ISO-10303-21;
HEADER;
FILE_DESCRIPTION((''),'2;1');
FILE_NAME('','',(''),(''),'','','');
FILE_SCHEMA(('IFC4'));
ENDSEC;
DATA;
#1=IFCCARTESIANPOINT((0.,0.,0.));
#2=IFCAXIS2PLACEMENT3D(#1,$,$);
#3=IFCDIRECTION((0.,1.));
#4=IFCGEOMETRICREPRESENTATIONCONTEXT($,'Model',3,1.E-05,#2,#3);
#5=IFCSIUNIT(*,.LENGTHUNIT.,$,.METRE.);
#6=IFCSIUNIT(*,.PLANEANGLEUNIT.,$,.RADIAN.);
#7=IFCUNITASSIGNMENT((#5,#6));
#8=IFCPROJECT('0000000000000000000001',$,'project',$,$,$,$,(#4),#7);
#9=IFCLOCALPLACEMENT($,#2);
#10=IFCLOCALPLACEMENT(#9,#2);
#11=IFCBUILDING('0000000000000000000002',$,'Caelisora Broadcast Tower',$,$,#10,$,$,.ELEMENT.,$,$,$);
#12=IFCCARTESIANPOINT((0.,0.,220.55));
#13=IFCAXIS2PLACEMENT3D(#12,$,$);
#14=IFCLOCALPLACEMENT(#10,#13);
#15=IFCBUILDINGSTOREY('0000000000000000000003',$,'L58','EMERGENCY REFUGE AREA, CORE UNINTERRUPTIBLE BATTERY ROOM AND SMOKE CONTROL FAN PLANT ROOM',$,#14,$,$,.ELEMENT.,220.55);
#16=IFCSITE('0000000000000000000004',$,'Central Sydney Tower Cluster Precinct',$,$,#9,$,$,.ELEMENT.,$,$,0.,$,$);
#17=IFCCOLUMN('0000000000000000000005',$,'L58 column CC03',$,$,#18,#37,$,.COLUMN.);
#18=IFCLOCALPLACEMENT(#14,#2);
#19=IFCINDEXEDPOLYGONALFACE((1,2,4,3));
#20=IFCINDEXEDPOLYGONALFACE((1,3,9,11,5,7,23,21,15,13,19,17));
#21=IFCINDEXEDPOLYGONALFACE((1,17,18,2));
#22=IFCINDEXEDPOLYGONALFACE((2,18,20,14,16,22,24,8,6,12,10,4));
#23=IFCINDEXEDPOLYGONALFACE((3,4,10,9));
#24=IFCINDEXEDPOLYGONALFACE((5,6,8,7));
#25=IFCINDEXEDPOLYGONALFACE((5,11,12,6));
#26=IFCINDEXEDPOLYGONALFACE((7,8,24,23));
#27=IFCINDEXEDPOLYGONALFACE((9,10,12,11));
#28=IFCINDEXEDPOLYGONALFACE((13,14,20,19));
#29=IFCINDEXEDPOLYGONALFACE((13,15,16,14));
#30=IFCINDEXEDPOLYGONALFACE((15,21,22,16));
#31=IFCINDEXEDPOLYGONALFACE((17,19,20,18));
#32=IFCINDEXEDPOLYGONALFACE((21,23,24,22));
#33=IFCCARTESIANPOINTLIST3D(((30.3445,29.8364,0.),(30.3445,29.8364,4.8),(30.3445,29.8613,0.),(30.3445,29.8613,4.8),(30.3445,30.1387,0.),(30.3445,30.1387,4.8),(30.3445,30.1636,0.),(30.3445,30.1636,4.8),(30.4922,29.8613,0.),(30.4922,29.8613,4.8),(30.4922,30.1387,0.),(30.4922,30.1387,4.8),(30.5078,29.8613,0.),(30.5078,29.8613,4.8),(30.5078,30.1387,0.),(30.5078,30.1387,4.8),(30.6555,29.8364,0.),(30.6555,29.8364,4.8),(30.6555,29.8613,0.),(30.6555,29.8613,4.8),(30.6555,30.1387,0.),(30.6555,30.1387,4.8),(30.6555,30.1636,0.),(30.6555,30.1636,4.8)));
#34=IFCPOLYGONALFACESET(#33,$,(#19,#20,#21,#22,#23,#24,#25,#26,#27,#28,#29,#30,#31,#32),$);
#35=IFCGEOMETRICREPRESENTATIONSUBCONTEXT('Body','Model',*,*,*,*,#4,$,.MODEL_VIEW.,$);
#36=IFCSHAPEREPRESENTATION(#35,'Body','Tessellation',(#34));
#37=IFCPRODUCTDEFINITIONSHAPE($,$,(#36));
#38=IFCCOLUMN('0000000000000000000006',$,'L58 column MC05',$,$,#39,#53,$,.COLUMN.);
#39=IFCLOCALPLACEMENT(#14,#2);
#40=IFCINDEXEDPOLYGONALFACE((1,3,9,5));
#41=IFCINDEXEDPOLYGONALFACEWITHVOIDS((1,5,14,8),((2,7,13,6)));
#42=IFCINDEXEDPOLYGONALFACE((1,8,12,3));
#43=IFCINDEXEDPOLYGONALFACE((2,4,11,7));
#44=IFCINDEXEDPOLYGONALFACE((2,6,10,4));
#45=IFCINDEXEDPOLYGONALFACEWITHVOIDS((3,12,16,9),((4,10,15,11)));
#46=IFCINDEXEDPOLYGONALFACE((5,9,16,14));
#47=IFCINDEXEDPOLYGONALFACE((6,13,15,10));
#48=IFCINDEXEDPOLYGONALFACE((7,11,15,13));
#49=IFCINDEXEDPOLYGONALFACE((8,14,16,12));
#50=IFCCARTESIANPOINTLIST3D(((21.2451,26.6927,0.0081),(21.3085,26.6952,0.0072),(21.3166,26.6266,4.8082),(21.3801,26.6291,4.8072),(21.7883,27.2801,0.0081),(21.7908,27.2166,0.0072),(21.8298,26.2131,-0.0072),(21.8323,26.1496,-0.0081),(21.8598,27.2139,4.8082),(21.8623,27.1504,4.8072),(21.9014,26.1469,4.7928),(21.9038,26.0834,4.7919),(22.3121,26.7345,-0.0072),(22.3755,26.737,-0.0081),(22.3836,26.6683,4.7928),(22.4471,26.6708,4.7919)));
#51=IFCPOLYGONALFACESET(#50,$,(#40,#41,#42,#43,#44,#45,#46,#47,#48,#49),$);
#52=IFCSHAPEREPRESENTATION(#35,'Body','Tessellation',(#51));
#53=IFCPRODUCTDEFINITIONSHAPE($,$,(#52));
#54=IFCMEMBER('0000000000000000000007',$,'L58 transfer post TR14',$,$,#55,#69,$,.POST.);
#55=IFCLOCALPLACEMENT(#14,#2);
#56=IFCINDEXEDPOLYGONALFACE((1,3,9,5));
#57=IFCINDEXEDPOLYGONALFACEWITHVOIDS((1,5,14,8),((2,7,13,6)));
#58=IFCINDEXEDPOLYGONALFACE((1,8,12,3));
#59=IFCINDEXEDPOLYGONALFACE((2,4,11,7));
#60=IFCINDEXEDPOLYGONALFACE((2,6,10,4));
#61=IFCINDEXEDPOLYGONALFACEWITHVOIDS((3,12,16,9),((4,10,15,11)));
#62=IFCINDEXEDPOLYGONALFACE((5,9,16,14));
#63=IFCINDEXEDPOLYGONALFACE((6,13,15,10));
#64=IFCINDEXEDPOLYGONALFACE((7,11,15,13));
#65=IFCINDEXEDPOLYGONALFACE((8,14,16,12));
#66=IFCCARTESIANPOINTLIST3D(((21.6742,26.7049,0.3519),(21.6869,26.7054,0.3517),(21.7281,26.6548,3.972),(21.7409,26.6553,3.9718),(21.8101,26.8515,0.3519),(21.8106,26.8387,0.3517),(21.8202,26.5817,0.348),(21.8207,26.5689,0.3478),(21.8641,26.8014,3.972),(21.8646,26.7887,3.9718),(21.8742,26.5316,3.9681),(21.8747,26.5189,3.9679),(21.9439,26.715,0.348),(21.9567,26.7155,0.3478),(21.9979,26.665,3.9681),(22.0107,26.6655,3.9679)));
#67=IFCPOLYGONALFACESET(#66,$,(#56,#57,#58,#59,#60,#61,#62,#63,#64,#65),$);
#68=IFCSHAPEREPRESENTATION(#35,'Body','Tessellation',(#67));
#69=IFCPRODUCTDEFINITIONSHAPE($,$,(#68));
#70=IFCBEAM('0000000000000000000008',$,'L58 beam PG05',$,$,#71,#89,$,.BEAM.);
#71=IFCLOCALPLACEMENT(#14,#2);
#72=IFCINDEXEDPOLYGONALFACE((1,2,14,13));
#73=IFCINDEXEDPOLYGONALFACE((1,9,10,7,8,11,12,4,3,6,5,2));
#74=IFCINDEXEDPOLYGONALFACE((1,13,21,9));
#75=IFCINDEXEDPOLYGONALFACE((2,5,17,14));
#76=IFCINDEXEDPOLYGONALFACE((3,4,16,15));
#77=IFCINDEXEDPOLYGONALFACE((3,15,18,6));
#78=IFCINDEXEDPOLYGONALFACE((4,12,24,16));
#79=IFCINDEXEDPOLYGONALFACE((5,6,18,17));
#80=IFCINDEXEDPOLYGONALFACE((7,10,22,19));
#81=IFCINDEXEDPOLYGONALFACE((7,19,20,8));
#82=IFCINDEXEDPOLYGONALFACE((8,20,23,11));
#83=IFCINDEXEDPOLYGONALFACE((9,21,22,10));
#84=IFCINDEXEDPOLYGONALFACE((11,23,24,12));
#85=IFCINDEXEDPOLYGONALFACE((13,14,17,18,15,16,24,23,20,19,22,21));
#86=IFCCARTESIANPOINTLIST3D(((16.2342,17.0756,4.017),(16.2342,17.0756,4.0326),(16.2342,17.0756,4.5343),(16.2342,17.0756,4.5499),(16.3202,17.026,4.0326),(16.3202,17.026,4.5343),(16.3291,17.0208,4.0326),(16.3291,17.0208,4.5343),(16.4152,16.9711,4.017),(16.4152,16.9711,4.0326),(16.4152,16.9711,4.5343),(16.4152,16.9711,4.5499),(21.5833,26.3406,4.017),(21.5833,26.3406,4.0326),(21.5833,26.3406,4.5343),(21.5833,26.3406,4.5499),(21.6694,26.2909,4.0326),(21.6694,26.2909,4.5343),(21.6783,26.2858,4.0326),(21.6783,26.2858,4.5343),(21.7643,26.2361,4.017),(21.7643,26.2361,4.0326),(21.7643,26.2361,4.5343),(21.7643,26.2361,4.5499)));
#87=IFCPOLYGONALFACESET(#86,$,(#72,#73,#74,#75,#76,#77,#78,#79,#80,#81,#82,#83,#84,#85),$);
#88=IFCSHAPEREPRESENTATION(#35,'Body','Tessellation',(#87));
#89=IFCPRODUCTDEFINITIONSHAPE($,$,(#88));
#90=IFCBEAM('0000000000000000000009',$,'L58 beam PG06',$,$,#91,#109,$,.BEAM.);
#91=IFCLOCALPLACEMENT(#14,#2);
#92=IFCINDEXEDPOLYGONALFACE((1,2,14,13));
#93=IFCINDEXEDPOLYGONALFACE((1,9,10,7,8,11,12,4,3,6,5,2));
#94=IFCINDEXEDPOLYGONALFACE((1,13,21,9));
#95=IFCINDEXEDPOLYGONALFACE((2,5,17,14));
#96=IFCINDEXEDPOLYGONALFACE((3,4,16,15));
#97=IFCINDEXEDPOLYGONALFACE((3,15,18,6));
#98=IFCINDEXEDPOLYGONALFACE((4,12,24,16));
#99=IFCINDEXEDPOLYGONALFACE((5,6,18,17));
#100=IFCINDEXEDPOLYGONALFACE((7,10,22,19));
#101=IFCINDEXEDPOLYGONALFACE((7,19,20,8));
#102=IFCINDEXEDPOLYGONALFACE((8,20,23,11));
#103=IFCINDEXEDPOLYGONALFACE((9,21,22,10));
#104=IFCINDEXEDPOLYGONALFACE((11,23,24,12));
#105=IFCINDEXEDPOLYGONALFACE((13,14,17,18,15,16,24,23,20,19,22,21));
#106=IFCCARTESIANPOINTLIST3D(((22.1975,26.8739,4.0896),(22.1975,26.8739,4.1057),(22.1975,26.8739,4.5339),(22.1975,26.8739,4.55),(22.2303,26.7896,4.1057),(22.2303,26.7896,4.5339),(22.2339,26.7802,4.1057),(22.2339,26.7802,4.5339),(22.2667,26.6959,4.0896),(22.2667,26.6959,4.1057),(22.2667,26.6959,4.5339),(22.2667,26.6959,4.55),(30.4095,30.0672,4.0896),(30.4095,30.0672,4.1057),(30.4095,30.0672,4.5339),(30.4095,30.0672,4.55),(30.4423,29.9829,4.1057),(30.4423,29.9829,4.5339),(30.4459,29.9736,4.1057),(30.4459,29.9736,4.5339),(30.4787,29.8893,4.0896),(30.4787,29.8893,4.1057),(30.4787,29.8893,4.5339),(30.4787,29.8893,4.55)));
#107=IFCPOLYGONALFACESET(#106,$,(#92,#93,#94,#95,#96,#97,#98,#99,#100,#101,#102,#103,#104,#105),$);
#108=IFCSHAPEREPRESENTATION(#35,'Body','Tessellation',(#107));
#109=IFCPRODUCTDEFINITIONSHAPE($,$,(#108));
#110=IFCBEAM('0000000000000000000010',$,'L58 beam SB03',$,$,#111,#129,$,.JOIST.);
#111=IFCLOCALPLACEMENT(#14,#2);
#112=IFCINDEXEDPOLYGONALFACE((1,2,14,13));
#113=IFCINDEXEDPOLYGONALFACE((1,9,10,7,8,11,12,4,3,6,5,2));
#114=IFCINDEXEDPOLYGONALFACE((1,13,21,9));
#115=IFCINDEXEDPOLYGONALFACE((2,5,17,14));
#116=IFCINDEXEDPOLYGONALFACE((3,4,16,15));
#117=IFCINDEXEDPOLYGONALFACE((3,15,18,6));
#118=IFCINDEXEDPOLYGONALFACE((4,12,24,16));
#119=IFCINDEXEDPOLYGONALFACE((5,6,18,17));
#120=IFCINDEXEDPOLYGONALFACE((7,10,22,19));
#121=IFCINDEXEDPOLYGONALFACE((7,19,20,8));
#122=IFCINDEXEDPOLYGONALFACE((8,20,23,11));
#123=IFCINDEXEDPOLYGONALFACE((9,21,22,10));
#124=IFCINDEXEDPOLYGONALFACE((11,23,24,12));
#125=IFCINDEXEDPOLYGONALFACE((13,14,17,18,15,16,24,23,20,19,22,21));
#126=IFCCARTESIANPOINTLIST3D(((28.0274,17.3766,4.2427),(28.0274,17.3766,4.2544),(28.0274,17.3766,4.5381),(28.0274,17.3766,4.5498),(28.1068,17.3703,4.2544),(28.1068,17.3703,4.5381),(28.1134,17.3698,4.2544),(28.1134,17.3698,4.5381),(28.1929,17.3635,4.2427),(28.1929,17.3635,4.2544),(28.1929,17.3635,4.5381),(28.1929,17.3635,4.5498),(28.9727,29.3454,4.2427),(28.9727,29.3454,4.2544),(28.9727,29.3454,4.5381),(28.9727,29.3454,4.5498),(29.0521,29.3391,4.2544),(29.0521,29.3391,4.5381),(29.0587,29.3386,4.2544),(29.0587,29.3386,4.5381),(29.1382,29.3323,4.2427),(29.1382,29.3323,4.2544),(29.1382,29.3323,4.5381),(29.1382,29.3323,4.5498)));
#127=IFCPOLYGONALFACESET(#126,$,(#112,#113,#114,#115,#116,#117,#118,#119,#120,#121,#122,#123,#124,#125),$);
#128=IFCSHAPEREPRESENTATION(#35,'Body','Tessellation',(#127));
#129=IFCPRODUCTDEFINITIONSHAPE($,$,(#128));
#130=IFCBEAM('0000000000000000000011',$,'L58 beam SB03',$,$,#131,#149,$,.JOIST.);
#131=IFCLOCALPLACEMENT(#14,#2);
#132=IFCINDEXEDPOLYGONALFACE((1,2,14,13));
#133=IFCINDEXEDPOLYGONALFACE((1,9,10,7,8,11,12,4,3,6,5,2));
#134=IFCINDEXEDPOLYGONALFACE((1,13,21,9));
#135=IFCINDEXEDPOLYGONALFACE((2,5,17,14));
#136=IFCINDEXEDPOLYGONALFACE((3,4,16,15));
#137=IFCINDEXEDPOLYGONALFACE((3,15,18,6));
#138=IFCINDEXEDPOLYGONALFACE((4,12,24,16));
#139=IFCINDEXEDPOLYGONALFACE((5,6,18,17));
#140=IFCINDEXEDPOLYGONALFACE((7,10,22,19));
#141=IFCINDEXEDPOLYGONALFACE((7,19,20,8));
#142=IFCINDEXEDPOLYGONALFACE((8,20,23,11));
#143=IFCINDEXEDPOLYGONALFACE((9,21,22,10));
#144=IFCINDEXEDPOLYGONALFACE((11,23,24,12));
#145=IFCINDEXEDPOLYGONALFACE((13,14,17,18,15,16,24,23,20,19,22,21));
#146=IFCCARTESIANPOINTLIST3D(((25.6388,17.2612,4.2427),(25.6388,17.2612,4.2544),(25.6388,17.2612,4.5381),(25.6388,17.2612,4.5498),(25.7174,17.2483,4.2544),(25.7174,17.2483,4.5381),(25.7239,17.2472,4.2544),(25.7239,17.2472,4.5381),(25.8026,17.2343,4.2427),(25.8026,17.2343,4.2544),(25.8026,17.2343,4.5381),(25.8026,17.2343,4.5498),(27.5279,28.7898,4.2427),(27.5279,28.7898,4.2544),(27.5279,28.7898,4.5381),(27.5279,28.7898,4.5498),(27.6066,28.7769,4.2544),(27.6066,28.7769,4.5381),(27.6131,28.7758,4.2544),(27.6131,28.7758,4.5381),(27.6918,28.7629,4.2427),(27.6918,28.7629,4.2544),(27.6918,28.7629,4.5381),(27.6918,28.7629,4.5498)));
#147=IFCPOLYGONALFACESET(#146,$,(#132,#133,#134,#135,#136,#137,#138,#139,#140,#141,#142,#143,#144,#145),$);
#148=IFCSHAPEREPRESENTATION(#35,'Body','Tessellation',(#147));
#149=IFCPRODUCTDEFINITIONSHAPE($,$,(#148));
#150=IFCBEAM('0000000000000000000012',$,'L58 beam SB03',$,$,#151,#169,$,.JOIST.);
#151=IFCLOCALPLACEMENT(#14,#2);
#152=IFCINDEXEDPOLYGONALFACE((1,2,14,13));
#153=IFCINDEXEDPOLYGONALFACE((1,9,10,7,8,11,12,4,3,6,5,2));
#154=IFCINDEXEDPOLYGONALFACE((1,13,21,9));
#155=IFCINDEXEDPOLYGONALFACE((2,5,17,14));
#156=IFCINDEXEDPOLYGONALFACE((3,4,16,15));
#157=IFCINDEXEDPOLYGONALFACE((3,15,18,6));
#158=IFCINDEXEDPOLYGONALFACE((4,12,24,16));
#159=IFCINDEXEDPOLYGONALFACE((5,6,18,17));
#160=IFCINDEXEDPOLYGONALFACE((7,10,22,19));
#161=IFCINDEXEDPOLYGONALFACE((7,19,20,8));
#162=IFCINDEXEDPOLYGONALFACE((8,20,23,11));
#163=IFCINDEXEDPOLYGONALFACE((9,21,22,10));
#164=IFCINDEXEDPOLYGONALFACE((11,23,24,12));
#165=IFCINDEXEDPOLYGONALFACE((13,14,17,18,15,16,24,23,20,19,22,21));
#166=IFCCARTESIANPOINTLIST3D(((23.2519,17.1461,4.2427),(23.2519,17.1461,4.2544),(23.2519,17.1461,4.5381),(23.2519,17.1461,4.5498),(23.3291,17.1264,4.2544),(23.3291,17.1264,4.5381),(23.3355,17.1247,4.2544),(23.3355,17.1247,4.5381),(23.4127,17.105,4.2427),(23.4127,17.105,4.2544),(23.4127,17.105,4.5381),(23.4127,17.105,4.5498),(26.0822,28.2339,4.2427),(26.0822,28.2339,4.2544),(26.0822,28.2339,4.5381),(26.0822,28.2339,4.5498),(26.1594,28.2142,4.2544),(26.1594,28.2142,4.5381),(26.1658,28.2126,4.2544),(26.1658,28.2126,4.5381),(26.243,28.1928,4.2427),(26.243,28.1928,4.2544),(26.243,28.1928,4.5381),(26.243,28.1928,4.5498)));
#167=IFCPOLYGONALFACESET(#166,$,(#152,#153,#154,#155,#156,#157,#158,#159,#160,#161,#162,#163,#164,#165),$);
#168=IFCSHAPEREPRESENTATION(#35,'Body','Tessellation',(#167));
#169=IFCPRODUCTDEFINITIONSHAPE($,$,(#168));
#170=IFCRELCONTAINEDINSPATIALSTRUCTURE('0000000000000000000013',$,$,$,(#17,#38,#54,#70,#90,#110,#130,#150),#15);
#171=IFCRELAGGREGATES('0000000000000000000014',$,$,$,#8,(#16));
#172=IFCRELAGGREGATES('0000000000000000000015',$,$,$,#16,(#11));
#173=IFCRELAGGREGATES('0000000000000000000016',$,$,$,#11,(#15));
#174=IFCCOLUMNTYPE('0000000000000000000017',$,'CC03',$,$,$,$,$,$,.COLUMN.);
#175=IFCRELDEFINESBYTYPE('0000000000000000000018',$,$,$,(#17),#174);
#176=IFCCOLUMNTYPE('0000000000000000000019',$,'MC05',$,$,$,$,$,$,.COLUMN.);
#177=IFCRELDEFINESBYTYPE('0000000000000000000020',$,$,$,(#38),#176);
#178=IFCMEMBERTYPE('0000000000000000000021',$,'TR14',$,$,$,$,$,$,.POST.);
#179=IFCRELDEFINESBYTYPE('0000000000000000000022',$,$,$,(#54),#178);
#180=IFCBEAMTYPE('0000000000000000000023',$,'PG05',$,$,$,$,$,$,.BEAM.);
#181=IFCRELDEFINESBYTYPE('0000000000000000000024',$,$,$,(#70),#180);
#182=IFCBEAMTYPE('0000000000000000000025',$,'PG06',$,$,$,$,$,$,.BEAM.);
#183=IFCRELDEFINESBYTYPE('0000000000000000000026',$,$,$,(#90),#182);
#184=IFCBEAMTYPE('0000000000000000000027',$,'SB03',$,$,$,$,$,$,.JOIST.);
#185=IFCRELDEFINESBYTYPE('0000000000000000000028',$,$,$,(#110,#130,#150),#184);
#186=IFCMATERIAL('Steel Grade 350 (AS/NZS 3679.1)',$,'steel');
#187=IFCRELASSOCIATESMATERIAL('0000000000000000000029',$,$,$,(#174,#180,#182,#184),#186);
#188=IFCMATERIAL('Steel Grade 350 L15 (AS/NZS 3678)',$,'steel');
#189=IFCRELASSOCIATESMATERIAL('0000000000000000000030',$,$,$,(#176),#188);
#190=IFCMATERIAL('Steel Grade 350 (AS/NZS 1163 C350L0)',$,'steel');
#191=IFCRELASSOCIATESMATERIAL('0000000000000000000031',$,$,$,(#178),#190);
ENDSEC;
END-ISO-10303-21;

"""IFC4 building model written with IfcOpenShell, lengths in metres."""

from ifc_helpers import new_model, si_unit, direction, frame, origin, origin_2d, place, context, subcontext, project, spatial, hollow_rectangle, i_section, extrude, source, transform, mapped, material, material_profile, profile_set, type_object, type_shapes, element, save


model = new_model("IFC4")

# Units and contexts
model_context = context("Model", 3, precision=1e-05, world=origin(), true_north=direction((0.0, 1.0)))
body_context = subcontext(model_context, "Body", "Model", "MODEL_VIEW")
ifc_project = project(units=[si_unit("LENGTHUNIT", "METRE"), si_unit("PLANEANGLEUNIT", "RADIAN")], contexts=[model_context])

# Site, building, storey
site_placement = place(None, origin())
site = spatial("IfcSite", under=ifc_project, at=site_placement, Name="Central Sydney Tower Cluster Precinct", CompositionType="ELEMENT", RefElevation=0.0)
building_placement = place(site_placement, origin())
building = spatial("IfcBuilding", under=site, at=building_placement, Name="Caelisora Broadcast Tower", CompositionType="ELEMENT")
storey_placement = place(building_placement, frame((0.0, 0.0, 220.55)))
storey = spatial("IfcBuildingStorey", under=building, at=storey_placement, Name="L58", Description="EMERGENCY REFUGE AREA, CORE UNINTERRUPTIBLE BATTERY ROOM AND SMOKE CONTROL FAN PLANT ROOM", CompositionType="ELEMENT", Elevation=220.55)

# Columns
ifc_material_1 = material(Name="Steel Grade 350 (AS/NZS 3679.1)", Category="steel")
ifc_material_profile_1 = material_profile(ifc_material_1, i_section(OverallWidth=0.311, OverallDepth=0.3271, WebThickness=0.0156, FlangeThickness=0.0249, at=origin_2d()), Name="Steel Grade 350 (AS/NZS 3679.1)")
ifc_profile_set_1 = profile_set([ifc_material_profile_1], Name="Steel Grade 350 (AS/NZS 3679.1)")
column_type_1 = type_object("IfcColumnType", Name="CC03", PredefinedType="COLUMN", material=ifc_profile_set_1)
shared_shape_1 = source(origin(), body_context, "Body", "SweptSolid", [
    extrude(i_section(OverallWidth=0.311, OverallDepth=0.3271, WebThickness=0.0156, FlangeThickness=0.0249, at=origin_2d()), origin(), (0.0, 0.0, 1.0), 4.8),
])
type_shapes(column_type_1, [shared_shape_1])
column_1_placement = place(storey_placement, frame((30.5, 30.0, 0.0), z_axis=(0.0, 0.0, 1.0), x_axis=(1.0, 0.0, 0.0)))
element("IfcColumn", 1, at=column_1_placement, inside=storey, type_object=column_type_1, Name="L58 column CC03", PredefinedType="COLUMN", context=body_context, shape_type="MappedRepresentation", body=[
    mapped(shared_shape_1, transform((0.0, 0.0, 0.0), scale=1.0)),
])
ifc_material_2 = material(Name="Steel Grade 350 L15 (AS/NZS 3678)", Category="steel")
ifc_material_profile_2 = material_profile(ifc_material_2, hollow_rectangle(XDim=0.8, YDim=0.8, WallThickness=0.0449, at=origin_2d()), Name="Steel Grade 350 L15 (AS/NZS 3678)")
ifc_profile_set_2 = profile_set([ifc_material_profile_2], Name="Steel Grade 350 L15 (AS/NZS 3678)")
column_type_2 = type_object("IfcColumnType", Name="MC05", PredefinedType="COLUMN", material=ifc_profile_set_2)
shared_shape_2 = source(origin(), body_context, "Body", "SweptSolid", [
    extrude(hollow_rectangle(XDim=0.8, YDim=0.8, WallThickness=0.0449, at=origin_2d()), origin(), (0.0, 0.0, 1.0), 4.801),
])
type_shapes(column_type_2, [shared_shape_2])
column_2_placement = place(storey_placement, frame((21.8103, 26.7148, 0.0), z_axis=(0.0149, -0.013781, 0.999794), x_axis=(0.679008, 0.734131, 0.0)))
element("IfcColumn", 2, at=column_2_placement, inside=storey, type_object=column_type_2, Name="L58 column MC05", PredefinedType="COLUMN", context=body_context, shape_type="MappedRepresentation", body=[
    mapped(shared_shape_2, transform((0.0, 0.0, 0.0), scale=1.0)),
])

# Member
ifc_material_3 = material(Name="Steel Grade 350 (AS/NZS 1163 C350L0)", Category="steel")
ifc_material_profile_3 = material_profile(ifc_material_3, hollow_rectangle(XDim=0.2, YDim=0.2, WallThickness=0.009, at=origin_2d()), Name="Steel Grade 350 (AS/NZS 1163 C350L0)")
ifc_profile_set_3 = profile_set([ifc_material_profile_3], Name="Steel Grade 350 (AS/NZS 1163 C350L0)")
member_type_1 = type_object("IfcMemberType", Name="TR14", PredefinedType="POST", material=ifc_profile_set_3)
shared_shape_3 = source(origin(), body_context, "Body", "SweptSolid", [
    extrude(hollow_rectangle(XDim=0.2, YDim=0.2, WallThickness=0.009, at=origin_2d()), origin(), (0.0, 0.0, 1.0), 3.6208),
])
type_shapes(member_type_1, [shared_shape_3])
member_1_placement = place(storey_placement, frame((21.8154, 26.7102, 0.3499), z_axis=(0.014901, -0.013822, 0.999793), x_axis=(0.680069, 0.733148, 0.0)))
element("IfcMember", 3, at=member_1_placement, inside=storey, type_object=member_type_1, Name="L58 transfer post TR14", PredefinedType="POST", context=body_context, shape_type="MappedRepresentation", body=[
    mapped(shared_shape_3, transform((0.0, 0.0, 0.0), scale=1.0)),
])

# Beams
ifc_material_profile_4 = material_profile(ifc_material_1, i_section(OverallWidth=0.209, OverallDepth=0.533, WebThickness=0.0103, FlangeThickness=0.0156, at=origin_2d()), Name="Steel Grade 350 (AS/NZS 3679.1)")
ifc_profile_set_4 = profile_set([ifc_material_profile_4], Name="Steel Grade 350 (AS/NZS 3679.1)")
beam_type_1 = type_object("IfcBeamType", Name="PG05", PredefinedType="BEAM", material=ifc_profile_set_4)
shared_shape_4 = source(origin(), body_context, "Body", "SweptSolid", [
    extrude(i_section(OverallWidth=0.209, OverallDepth=0.533, WebThickness=0.0103, FlangeThickness=0.0156, at=origin_2d()), origin(), (0.0, 0.0, 1.0), 10.6982),
])
type_shapes(beam_type_1, [shared_shape_4])
beam_1_placement = place(storey_placement, frame((21.6738, 26.2883, 4.2834), z_axis=(-0.500002, -0.866024, 0.0), x_axis=(0.866024, -0.500002, 0.0)))
element("IfcBeam", 4, at=beam_1_placement, inside=storey, type_object=beam_type_1, Name="L58 beam PG05", PredefinedType="BEAM", context=body_context, shape_type="MappedRepresentation", body=[
    mapped(shared_shape_4, transform((0.0, 0.0, 0.0), scale=1.0)),
])
ifc_material_profile_5 = material_profile(ifc_material_1, i_section(OverallWidth=0.1909, OverallDepth=0.4604, WebThickness=0.01, FlangeThickness=0.0161, at=origin_2d()), Name="Steel Grade 350 (AS/NZS 3679.1)")
ifc_profile_set_5 = profile_set([ifc_material_profile_5], Name="Steel Grade 350 (AS/NZS 3679.1)")
beam_type_2 = type_object("IfcBeamType", Name="PG06", PredefinedType="BEAM", material=ifc_profile_set_5)
shared_shape_5 = source(origin(), body_context, "Body", "SweptSolid", [
    extrude(i_section(OverallWidth=0.1909, OverallDepth=0.4604, WebThickness=0.01, FlangeThickness=0.0161, at=origin_2d()), origin(), (0.0, 0.0, 1.0), 8.811),
])
type_shapes(beam_type_2, [shared_shape_5])
beam_2_placement = place(storey_placement, frame((30.4441, 29.9783, 4.3198), z_axis=(-0.932011, -0.36243, 0.0), x_axis=(0.36243, -0.932011, 0.0)))
element("IfcBeam", 5, at=beam_2_placement, inside=storey, type_object=beam_type_2, Name="L58 beam PG06", PredefinedType="BEAM", context=body_context, shape_type="MappedRepresentation", body=[
    mapped(shared_shape_5, transform((0.0, 0.0, 0.0), scale=1.0)),
])
ifc_material_profile_6 = material_profile(ifc_material_1, i_section(OverallWidth=0.166, OverallDepth=0.3071, WebThickness=0.0066, FlangeThickness=0.0117, at=origin_2d()), Name="Steel Grade 350 (AS/NZS 3679.1)")
ifc_profile_set_6 = profile_set([ifc_material_profile_6], Name="Steel Grade 350 (AS/NZS 3679.1)")
beam_type_3 = type_object("IfcBeamType", Name="SB03", PredefinedType="JOIST", material=ifc_profile_set_6)
shared_shape_6 = source(origin(), body_context, "Body", "SweptSolid", [
    extrude(i_section(OverallWidth=0.166, OverallDepth=0.3071, WebThickness=0.0066, FlangeThickness=0.0117, at=origin_2d()), origin(), (0.0, 0.0, 1.0), 12.0061),
])
beam_3_placement = place(storey_placement, frame((29.0554, 29.3389, 4.3962), z_axis=(-0.078737, -0.996895, 0.0), x_axis=(0.996895, -0.078737, 0.0)))
element("IfcBeam", 6, at=beam_3_placement, inside=storey, type_object=beam_type_3, Name="L58 beam SB03", PredefinedType="JOIST", context=body_context, shape_type="MappedRepresentation", body=[
    mapped(shared_shape_6, transform((0.0, 0.0, 0.0), scale=1.0)),
])
shared_shape_7 = source(origin(), body_context, "Body", "SweptSolid", [
    extrude(i_section(OverallWidth=0.166, OverallDepth=0.3071, WebThickness=0.0066, FlangeThickness=0.0117, at=origin_2d()), origin(), (0.0, 0.0, 1.0), 11.6824),
])
beam_4_placement = place(storey_placement, frame((27.6099, 28.7764, 4.3962), z_axis=(-0.161711, -0.986838, 0.0), x_axis=(0.986838, -0.161711, 0.0)))
element("IfcBeam", 7, at=beam_4_placement, inside=storey, type_object=beam_type_3, Name="L58 beam SB03", PredefinedType="JOIST", context=body_context, shape_type="MappedRepresentation", body=[
    mapped(shared_shape_7, transform((0.0, 0.0, 0.0), scale=1.0)),
])
shared_shape_8 = source(origin(), body_context, "Body", "SweptSolid", [
    extrude(i_section(OverallWidth=0.166, OverallDepth=0.3071, WebThickness=0.0066, FlangeThickness=0.0117, at=origin_2d()), origin(), (0.0, 0.0, 1.0), 11.4434),
])
beam_5_placement = place(storey_placement, frame((26.1626, 28.2134, 4.3962), z_axis=(-0.247332, -0.968931, 0.0), x_axis=(0.968931, -0.247332, 0.0)))
element("IfcBeam", 8, at=beam_5_placement, inside=storey, type_object=beam_type_3, Name="L58 beam SB03", PredefinedType="JOIST", context=body_context, shape_type="MappedRepresentation", body=[
    mapped(shared_shape_8, transform((0.0, 0.0, 0.0), scale=1.0)),
])

save(model, "model.ifc")
